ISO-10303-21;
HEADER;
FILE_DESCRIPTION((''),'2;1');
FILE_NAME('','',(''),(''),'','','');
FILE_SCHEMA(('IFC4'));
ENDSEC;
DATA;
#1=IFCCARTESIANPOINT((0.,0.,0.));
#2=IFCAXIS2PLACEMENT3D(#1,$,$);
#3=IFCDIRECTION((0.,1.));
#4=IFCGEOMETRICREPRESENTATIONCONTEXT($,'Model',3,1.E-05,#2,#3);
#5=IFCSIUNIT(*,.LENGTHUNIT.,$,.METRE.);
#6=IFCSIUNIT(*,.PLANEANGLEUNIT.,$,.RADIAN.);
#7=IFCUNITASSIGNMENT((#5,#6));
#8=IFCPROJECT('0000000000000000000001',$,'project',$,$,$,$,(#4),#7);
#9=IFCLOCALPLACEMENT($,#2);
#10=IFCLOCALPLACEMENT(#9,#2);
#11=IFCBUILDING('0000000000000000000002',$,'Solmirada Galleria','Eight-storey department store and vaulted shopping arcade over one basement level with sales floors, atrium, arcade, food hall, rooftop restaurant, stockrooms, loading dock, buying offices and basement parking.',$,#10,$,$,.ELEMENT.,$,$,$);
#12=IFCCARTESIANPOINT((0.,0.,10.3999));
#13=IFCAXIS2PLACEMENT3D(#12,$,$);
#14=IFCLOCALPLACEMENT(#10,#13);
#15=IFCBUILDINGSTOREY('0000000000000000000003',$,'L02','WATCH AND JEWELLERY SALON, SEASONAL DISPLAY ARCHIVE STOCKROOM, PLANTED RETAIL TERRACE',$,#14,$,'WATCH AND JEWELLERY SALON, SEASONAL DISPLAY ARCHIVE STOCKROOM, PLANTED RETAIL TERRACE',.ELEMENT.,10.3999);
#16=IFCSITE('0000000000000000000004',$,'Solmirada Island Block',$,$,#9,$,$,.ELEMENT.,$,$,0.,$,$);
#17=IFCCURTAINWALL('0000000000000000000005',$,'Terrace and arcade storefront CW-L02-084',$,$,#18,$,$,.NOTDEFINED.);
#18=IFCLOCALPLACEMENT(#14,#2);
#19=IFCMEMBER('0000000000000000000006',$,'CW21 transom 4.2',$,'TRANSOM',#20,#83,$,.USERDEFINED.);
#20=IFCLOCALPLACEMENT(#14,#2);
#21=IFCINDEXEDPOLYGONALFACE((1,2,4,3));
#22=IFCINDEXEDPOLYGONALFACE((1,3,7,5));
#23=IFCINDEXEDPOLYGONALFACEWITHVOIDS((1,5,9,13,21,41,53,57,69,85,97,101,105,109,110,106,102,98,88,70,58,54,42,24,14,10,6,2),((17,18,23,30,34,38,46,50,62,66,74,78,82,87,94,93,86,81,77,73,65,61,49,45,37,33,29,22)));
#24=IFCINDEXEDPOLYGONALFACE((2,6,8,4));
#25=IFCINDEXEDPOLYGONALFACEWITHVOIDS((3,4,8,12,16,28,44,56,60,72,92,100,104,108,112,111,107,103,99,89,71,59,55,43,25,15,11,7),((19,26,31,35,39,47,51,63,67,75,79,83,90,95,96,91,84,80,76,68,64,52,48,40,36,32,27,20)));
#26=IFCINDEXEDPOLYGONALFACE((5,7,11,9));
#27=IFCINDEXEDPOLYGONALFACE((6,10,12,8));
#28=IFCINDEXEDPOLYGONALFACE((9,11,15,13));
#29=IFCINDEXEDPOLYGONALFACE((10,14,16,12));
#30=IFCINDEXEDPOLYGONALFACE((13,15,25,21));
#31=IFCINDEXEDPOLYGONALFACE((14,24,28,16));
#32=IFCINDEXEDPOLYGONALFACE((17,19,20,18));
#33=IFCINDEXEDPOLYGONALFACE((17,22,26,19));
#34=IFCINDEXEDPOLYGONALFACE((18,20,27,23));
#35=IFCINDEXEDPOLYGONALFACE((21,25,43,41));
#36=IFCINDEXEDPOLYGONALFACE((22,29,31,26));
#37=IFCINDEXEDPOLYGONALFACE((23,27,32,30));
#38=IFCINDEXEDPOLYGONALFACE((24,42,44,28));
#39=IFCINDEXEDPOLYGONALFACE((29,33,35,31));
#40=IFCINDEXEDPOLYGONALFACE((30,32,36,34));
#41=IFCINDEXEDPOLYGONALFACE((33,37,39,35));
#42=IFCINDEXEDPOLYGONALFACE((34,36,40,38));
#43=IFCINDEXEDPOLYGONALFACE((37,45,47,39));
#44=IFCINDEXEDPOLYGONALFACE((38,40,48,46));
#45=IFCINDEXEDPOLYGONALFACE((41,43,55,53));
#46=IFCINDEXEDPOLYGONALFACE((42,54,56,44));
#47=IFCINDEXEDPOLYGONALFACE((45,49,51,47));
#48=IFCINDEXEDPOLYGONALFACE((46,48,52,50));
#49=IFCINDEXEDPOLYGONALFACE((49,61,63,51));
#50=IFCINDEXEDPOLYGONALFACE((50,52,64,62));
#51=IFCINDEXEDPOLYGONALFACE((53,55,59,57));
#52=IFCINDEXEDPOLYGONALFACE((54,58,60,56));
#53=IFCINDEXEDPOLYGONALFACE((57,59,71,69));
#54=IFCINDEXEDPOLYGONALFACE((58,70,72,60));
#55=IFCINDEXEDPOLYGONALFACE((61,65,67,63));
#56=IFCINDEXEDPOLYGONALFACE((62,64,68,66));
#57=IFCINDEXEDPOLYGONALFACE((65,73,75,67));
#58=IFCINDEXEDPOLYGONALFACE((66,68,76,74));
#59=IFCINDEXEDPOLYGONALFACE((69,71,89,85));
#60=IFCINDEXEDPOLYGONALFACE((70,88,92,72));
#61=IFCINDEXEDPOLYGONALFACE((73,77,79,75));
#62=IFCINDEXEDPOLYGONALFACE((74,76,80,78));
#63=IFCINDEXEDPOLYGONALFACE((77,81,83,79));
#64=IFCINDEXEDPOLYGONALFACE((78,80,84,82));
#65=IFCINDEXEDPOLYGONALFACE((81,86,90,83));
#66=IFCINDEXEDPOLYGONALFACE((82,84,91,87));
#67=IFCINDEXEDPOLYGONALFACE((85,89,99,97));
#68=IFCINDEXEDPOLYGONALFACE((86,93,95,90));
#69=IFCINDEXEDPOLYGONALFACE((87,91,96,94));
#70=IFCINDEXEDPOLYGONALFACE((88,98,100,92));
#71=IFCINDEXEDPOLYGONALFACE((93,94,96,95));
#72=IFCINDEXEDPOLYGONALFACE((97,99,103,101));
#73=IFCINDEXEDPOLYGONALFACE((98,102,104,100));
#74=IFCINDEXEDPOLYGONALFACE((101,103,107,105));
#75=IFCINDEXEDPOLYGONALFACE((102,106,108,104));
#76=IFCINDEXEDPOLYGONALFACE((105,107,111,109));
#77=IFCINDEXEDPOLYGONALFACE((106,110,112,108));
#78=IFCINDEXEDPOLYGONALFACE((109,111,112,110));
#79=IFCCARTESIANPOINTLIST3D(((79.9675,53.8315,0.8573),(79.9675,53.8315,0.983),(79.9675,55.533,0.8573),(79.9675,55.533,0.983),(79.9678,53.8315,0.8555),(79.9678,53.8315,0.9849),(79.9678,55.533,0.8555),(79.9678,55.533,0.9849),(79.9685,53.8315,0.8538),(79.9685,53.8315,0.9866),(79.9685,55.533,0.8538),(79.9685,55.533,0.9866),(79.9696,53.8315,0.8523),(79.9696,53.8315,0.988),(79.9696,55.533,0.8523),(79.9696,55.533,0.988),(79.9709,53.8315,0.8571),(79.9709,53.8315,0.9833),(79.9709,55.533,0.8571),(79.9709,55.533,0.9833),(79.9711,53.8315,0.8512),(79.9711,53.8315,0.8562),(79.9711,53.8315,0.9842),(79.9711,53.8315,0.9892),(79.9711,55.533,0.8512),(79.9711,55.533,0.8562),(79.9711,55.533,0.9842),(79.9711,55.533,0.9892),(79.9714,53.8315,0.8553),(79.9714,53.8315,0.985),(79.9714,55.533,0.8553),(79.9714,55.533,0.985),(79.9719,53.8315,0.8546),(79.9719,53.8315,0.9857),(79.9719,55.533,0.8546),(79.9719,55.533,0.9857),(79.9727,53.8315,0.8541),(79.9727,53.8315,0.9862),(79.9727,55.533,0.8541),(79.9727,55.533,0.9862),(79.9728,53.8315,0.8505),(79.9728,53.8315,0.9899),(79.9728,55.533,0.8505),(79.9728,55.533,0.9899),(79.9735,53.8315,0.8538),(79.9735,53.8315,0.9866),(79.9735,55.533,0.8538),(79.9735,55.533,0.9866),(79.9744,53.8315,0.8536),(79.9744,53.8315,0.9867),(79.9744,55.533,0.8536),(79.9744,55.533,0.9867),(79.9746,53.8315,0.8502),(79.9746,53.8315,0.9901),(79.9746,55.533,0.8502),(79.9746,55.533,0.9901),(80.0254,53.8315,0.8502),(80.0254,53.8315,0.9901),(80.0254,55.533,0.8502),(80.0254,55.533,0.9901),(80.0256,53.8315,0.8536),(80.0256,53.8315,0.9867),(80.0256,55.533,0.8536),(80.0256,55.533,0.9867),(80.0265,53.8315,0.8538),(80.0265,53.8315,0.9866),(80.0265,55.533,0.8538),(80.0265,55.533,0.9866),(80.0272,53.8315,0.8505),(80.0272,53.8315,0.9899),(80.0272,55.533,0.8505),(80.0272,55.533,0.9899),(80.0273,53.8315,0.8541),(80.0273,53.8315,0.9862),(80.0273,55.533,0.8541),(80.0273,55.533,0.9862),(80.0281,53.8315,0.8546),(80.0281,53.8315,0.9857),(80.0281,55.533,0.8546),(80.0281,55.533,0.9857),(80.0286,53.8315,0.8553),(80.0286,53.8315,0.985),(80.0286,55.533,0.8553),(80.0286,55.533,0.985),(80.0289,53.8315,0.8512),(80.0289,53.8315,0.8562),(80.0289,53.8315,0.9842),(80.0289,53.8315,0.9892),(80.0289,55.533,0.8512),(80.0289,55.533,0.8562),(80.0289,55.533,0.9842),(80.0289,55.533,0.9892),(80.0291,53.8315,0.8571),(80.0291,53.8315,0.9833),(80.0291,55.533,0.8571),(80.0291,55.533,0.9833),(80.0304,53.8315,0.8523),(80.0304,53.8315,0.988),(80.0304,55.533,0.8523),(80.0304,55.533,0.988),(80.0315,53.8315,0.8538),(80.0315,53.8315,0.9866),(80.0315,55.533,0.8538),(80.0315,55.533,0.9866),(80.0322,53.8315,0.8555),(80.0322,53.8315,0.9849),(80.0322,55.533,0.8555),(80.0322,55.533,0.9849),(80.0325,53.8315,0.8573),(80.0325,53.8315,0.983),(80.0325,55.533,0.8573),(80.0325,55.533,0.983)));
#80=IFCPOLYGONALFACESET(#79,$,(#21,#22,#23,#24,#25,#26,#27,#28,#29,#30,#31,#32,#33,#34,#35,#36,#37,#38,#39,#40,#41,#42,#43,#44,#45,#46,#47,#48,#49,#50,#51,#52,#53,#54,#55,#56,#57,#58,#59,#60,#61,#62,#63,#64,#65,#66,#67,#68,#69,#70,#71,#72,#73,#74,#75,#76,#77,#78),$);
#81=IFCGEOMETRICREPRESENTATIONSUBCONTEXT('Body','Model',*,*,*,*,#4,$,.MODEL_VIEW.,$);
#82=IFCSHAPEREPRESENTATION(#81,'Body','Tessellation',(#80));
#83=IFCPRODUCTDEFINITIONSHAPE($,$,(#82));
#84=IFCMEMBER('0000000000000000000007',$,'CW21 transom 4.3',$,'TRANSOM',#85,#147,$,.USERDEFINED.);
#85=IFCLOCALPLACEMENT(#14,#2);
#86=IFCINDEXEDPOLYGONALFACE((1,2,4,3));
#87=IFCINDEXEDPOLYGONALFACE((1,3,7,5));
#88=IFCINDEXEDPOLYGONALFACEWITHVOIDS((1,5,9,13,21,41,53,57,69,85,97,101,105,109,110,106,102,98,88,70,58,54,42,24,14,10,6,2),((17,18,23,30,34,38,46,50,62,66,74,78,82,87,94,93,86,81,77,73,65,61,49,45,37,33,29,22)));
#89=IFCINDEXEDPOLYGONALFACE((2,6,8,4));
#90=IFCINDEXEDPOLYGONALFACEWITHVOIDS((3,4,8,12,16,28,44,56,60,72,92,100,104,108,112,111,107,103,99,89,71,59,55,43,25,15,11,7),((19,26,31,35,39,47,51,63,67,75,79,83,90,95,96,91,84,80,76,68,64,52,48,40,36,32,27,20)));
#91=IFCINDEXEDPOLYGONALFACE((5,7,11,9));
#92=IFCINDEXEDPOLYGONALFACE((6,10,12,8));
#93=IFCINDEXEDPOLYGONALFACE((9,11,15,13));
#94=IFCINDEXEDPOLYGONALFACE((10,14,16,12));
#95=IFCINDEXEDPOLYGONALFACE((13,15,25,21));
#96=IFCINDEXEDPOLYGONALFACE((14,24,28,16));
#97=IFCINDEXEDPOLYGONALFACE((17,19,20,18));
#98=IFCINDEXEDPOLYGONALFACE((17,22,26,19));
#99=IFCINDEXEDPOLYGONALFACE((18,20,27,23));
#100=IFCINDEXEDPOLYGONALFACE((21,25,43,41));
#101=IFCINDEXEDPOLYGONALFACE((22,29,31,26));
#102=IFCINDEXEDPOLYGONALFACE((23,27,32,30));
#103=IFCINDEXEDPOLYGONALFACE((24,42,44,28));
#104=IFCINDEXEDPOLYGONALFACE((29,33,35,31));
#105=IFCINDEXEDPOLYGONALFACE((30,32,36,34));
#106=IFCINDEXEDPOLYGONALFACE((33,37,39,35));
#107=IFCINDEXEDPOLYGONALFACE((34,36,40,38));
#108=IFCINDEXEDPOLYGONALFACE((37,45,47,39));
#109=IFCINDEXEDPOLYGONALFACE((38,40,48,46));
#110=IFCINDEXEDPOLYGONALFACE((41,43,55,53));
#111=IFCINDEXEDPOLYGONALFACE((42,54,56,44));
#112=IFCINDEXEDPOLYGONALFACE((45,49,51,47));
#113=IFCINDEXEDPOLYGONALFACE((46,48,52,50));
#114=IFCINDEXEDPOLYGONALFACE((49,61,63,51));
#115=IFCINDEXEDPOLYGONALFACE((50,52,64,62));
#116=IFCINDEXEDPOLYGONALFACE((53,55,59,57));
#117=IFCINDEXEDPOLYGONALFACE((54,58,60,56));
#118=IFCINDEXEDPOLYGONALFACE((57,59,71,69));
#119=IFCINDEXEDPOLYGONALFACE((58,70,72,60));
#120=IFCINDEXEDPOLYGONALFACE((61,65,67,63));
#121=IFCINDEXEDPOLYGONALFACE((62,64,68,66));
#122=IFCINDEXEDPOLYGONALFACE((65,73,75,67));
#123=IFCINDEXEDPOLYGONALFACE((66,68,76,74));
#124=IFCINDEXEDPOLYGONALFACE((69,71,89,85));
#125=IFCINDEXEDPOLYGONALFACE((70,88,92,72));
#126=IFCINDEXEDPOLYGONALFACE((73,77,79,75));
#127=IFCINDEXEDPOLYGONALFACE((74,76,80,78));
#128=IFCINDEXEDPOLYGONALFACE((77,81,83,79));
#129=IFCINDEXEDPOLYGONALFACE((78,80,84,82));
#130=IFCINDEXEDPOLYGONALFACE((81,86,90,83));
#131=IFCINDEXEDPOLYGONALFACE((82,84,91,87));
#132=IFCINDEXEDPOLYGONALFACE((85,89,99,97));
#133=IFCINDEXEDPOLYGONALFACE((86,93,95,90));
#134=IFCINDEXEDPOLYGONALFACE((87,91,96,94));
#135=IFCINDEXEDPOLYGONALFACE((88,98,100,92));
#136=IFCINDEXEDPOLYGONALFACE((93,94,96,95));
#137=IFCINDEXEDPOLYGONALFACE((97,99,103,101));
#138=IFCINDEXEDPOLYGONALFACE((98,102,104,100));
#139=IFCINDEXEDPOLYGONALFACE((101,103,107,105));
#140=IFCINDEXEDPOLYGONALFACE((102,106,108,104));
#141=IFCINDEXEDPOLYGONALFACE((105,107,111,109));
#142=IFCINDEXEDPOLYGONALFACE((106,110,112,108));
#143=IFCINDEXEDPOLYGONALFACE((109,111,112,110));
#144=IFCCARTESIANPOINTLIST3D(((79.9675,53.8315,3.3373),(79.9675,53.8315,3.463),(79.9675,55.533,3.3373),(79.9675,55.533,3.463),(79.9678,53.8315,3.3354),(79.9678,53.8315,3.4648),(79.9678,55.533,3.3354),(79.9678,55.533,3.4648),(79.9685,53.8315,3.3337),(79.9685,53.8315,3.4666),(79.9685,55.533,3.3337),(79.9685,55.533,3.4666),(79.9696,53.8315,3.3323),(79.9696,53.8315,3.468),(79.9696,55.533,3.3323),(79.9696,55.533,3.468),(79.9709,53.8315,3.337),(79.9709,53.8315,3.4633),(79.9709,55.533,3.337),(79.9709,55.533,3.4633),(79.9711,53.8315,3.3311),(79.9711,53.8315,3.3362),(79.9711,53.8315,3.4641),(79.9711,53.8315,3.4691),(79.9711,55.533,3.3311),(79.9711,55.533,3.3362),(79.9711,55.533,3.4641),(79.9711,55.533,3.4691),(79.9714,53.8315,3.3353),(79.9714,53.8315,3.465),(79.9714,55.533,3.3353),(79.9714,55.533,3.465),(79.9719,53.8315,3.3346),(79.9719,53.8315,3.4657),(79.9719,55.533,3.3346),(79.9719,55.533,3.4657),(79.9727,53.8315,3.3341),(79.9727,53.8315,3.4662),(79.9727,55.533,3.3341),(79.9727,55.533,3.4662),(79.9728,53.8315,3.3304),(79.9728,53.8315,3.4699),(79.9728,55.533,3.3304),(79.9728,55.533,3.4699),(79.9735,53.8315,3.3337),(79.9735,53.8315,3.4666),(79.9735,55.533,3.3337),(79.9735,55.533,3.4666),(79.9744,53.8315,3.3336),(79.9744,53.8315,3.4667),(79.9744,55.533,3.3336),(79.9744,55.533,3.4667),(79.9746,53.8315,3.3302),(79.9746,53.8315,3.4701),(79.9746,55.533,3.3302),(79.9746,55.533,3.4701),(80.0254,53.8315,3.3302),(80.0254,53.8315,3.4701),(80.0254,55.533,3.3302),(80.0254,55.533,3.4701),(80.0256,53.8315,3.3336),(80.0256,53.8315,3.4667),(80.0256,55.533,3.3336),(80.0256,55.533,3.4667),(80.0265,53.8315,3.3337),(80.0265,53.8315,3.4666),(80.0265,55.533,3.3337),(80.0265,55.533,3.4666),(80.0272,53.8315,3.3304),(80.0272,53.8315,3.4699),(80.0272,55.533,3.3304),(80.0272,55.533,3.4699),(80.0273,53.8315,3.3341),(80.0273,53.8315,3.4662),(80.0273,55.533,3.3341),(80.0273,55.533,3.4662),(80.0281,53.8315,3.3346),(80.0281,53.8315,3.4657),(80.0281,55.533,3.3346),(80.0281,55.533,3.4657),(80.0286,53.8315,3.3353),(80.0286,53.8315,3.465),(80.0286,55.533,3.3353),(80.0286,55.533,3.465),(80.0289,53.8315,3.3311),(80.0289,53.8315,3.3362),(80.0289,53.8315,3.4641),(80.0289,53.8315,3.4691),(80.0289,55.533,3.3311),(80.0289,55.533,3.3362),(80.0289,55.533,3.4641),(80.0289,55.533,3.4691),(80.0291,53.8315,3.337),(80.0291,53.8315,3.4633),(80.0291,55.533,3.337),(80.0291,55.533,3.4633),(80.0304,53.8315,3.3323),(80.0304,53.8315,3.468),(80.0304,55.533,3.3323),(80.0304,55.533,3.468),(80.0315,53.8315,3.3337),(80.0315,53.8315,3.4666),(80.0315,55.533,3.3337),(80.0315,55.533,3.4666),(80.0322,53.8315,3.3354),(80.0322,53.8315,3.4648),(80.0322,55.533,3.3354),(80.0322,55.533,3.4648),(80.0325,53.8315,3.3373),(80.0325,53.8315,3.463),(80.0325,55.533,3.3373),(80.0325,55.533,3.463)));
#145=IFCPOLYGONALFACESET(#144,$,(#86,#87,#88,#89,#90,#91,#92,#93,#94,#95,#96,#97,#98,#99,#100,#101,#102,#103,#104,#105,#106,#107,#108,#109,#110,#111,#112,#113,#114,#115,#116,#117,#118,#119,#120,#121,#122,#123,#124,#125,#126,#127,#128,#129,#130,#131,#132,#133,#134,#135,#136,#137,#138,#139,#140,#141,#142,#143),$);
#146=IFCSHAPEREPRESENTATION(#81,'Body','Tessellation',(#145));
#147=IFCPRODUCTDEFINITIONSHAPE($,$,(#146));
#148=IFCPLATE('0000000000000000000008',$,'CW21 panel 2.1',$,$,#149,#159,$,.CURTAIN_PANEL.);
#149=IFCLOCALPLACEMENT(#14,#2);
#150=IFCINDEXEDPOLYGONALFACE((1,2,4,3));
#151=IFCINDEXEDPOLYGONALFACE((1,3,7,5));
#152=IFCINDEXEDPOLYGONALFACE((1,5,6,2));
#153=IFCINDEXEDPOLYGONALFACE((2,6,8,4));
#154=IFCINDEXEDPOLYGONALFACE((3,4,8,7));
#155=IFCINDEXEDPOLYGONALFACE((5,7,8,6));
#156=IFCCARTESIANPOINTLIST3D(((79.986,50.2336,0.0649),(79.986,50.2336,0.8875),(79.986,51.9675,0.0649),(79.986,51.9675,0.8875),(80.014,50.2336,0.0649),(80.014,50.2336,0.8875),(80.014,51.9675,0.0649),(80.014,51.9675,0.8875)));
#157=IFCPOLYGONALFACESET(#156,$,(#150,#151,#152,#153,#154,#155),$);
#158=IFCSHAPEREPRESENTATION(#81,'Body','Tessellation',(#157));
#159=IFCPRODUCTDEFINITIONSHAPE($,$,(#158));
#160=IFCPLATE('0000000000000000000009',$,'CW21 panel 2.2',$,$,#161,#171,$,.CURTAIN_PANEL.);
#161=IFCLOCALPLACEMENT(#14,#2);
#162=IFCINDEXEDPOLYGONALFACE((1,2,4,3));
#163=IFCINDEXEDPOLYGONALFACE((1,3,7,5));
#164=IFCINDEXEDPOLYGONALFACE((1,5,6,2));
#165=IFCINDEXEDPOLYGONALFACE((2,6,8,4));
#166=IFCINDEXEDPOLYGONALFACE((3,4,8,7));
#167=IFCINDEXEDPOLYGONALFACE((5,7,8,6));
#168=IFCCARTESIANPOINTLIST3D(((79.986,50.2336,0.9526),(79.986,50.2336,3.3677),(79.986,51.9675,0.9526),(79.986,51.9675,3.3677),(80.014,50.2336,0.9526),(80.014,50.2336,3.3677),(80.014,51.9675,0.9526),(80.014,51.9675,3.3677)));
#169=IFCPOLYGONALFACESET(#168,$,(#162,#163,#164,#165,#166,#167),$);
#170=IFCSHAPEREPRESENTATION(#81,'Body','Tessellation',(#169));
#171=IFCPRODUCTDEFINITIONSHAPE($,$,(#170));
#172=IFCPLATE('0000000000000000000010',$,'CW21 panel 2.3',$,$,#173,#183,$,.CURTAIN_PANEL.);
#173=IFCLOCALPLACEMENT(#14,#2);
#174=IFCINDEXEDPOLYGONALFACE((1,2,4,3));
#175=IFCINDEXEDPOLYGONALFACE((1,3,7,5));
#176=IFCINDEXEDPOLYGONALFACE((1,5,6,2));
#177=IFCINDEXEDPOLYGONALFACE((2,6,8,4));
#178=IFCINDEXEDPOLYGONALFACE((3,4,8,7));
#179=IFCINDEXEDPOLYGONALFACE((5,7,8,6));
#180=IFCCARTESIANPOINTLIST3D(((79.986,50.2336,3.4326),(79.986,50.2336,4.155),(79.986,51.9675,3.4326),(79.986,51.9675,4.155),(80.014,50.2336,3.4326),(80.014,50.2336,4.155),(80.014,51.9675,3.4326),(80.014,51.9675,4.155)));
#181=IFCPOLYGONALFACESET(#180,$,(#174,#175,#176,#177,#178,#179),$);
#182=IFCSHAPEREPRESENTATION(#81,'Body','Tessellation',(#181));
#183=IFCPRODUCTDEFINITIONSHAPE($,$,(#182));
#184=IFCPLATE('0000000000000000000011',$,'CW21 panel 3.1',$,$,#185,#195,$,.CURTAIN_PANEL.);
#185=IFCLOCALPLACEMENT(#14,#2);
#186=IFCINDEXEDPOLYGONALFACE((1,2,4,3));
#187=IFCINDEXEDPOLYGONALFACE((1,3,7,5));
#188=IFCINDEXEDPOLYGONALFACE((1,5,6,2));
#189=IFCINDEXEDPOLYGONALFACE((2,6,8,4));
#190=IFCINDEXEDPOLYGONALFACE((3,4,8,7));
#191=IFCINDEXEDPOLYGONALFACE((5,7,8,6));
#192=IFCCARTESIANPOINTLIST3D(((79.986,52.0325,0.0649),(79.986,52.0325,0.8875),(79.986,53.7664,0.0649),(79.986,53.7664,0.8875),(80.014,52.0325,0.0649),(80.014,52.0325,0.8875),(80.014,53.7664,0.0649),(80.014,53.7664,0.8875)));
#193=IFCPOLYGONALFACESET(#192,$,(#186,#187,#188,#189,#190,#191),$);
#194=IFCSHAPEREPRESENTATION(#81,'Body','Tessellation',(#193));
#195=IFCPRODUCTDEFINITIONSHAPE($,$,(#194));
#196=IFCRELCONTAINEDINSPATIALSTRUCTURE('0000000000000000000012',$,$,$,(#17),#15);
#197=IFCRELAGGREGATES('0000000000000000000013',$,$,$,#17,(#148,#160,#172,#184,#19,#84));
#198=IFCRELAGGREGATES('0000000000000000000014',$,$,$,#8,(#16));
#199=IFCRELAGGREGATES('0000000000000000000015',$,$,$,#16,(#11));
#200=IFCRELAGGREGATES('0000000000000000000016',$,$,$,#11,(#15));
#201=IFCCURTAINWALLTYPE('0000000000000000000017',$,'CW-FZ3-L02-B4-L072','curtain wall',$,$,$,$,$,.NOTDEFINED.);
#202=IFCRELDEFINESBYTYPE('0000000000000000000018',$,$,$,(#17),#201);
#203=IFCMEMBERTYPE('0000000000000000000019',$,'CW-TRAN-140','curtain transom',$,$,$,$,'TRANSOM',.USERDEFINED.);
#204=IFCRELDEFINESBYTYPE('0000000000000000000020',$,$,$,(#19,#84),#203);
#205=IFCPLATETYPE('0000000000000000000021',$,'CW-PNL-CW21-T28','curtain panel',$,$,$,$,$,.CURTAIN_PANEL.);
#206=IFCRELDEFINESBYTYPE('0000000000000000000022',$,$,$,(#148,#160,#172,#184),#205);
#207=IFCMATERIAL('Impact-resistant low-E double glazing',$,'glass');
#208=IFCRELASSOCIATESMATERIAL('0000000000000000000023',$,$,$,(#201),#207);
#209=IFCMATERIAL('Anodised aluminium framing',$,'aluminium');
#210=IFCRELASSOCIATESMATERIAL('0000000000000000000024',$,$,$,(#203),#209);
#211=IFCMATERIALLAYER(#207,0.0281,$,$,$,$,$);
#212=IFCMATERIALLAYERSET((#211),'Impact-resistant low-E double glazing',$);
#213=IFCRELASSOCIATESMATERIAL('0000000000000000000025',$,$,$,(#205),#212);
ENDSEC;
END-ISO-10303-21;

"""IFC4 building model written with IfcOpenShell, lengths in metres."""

from ifc_helpers import new_model, si_unit, direction, frame, origin, origin_2d, place, context, subcontext, project, spatial, rectangle, hollow_rectangle, extrude, material, layer, layer_set, material_profile, profile_set, type_object, element, aggregate, save


model = new_model("IFC4")

# Units and contexts
model_context = context("Model", 3, precision=1e-05, world=origin(), true_north=direction((0.0, 1.0)))
body_context = subcontext(model_context, "Body", "Model", "MODEL_VIEW")
ifc_project = project(units=[si_unit("LENGTHUNIT", "METRE"), si_unit("PLANEANGLEUNIT", "RADIAN")], contexts=[model_context])

# Site, building, storey
site_placement = place(None, origin())
site = spatial("IfcSite", under=ifc_project, at=site_placement, Name="Solmirada Island Block", CompositionType="ELEMENT", RefElevation=0.0)
building_placement = place(site_placement, origin())
building = spatial("IfcBuilding", under=site, at=building_placement, Name="Solmirada Galleria", Description="Eight-storey department store and vaulted shopping arcade over one basement level with sales floors, atrium, arcade, food hall, rooftop restaurant, stockrooms, loading dock, buying offices and basement parking.", CompositionType="ELEMENT")
storey_placement = place(building_placement, frame((0.0, 0.0, 10.3999)))
storey = spatial("IfcBuildingStorey", under=building, at=storey_placement, Name="L02", Description="WATCH AND JEWELLERY SALON, SEASONAL DISPLAY ARCHIVE STOCKROOM, PLANTED RETAIL TERRACE", LongName="WATCH AND JEWELLERY SALON, SEASONAL DISPLAY ARCHIVE STOCKROOM, PLANTED RETAIL TERRACE", CompositionType="ELEMENT", Elevation=10.3999)

# Curtain wall
ifc_material_1 = material(Name="Impact-resistant low-E double glazing", Category="glass")
curtain_wall_type_1 = type_object("IfcCurtainWallType", Name="CW-FZ3-L02-B4-L072", Description="curtain wall", PredefinedType="NOTDEFINED", material=ifc_material_1)
curtain_wall_1_placement = place(storey_placement, origin())
curtain_wall_1 = element("IfcCurtainWall", 1, at=curtain_wall_1_placement, inside=storey, type_object=curtain_wall_type_1, Name="Terrace and arcade storefront CW-L02-084", PredefinedType="NOTDEFINED")
ifc_material_2 = material(Name="Anodised aluminium framing", Category="aluminium")

# Members
ifc_material_profile_1 = material_profile(ifc_material_2, hollow_rectangle(XDim=0.0649, YDim=0.1399, WallThickness=0.0034, InnerFilletRadius=0.0034, OuterFilletRadius=0.0071, at=origin_2d()), Name="ALU-TRAN-140X65")
ifc_profile_set_1 = profile_set([ifc_material_profile_1], Name="Anodised aluminium framing")
member_type_1 = type_object("IfcMemberType", Name="CW-TRAN-140", Description="curtain transom", ElementType="TRANSOM", PredefinedType="USERDEFINED", material=ifc_profile_set_1)
member_1_placement = place(storey_placement, frame((80.0, 53.8315, 0.9202), z_axis=(0.0, 1.0, 0.0), x_axis=(-1.0, 0.0, 0.0)))
member_1 = element("IfcMember", 2, at=member_1_placement, type_object=member_type_1, Name="CW21 transom 4.2", ObjectType="TRANSOM", PredefinedType="USERDEFINED", context=body_context, shape_type="SweptSolid", body=[
    extrude(hollow_rectangle(XDim=0.0649, YDim=0.1399, WallThickness=0.0034, InnerFilletRadius=0.0034, OuterFilletRadius=0.0071, at=origin_2d()), origin(), (0.0, 0.0, 1.0), 1.7014),
])
member_2_placement = place(storey_placement, frame((80.0, 53.8315, 3.4001), z_axis=(0.0, 1.0, 0.0), x_axis=(-1.0, 0.0, 0.0)))
member_2 = element("IfcMember", 3, at=member_2_placement, type_object=member_type_1, Name="CW21 transom 4.3", ObjectType="TRANSOM", PredefinedType="USERDEFINED", context=body_context, shape_type="SweptSolid", body=[
    extrude(hollow_rectangle(XDim=0.0649, YDim=0.1399, WallThickness=0.0034, InnerFilletRadius=0.0034, OuterFilletRadius=0.0071, at=origin_2d()), origin(), (0.0, 0.0, 1.0), 1.7014),
])

# Plates
ifc_layer_1 = layer(ifc_material_1, 0.0281)
ifc_layer_set_1 = layer_set([ifc_layer_1], Name="Impact-resistant low-E double glazing")
plate_type = type_object("IfcPlateType", Name="CW-PNL-CW21-T28", Description="curtain panel", PredefinedType="CURTAIN_PANEL", material=ifc_layer_set_1)
plate_1_placement = place(storey_placement, frame((80.0, 51.1006, 0.0649), z_axis=(0.0, 0.0, 1.0), x_axis=(0.0, 1.0, 0.0)))
plate_1 = element("IfcPlate", 4, at=plate_1_placement, type_object=plate_type, Name="CW21 panel 2.1", PredefinedType="CURTAIN_PANEL", context=body_context, shape_type="SweptSolid", body=[
    extrude(rectangle(XDim=1.7339, YDim=0.0281, at=origin_2d()), origin(), (0.0, 0.0, 1.0), 0.8225),
])
plate_2_placement = place(storey_placement, frame((80.0, 51.1006, 0.9526), z_axis=(0.0, 0.0, 1.0), x_axis=(0.0, 1.0, 0.0)))
plate_2 = element("IfcPlate", 5, at=plate_2_placement, type_object=plate_type, Name="CW21 panel 2.2", PredefinedType="CURTAIN_PANEL", context=body_context, shape_type="SweptSolid", body=[
    extrude(rectangle(XDim=1.7339, YDim=0.0281, at=origin_2d()), origin(), (0.0, 0.0, 1.0), 2.415),
])
plate_3_placement = place(storey_placement, frame((80.0, 51.1006, 3.4326), z_axis=(0.0, 0.0, 1.0), x_axis=(0.0, 1.0, 0.0)))
plate_3 = element("IfcPlate", 6, at=plate_3_placement, type_object=plate_type, Name="CW21 panel 2.3", PredefinedType="CURTAIN_PANEL", context=body_context, shape_type="SweptSolid", body=[
    extrude(rectangle(XDim=1.7339, YDim=0.0281, at=origin_2d()), origin(), (0.0, 0.0, 1.0), 0.7224),
])
plate_4_placement = place(storey_placement, frame((80.0, 52.8994, 0.0649), z_axis=(0.0, 0.0, 1.0), x_axis=(0.0, 1.0, 0.0)))
plate_4 = element("IfcPlate", 7, at=plate_4_placement, type_object=plate_type, Name="CW21 panel 3.1", PredefinedType="CURTAIN_PANEL", context=body_context, shape_type="SweptSolid", body=[
    extrude(rectangle(XDim=1.7339, YDim=0.0281, at=origin_2d()), origin(), (0.0, 0.0, 1.0), 0.8225),
])
aggregate(curtain_wall_1, [plate_1, plate_2, plate_3, plate_4, member_1, member_2])

save(model, "model.ifc")
